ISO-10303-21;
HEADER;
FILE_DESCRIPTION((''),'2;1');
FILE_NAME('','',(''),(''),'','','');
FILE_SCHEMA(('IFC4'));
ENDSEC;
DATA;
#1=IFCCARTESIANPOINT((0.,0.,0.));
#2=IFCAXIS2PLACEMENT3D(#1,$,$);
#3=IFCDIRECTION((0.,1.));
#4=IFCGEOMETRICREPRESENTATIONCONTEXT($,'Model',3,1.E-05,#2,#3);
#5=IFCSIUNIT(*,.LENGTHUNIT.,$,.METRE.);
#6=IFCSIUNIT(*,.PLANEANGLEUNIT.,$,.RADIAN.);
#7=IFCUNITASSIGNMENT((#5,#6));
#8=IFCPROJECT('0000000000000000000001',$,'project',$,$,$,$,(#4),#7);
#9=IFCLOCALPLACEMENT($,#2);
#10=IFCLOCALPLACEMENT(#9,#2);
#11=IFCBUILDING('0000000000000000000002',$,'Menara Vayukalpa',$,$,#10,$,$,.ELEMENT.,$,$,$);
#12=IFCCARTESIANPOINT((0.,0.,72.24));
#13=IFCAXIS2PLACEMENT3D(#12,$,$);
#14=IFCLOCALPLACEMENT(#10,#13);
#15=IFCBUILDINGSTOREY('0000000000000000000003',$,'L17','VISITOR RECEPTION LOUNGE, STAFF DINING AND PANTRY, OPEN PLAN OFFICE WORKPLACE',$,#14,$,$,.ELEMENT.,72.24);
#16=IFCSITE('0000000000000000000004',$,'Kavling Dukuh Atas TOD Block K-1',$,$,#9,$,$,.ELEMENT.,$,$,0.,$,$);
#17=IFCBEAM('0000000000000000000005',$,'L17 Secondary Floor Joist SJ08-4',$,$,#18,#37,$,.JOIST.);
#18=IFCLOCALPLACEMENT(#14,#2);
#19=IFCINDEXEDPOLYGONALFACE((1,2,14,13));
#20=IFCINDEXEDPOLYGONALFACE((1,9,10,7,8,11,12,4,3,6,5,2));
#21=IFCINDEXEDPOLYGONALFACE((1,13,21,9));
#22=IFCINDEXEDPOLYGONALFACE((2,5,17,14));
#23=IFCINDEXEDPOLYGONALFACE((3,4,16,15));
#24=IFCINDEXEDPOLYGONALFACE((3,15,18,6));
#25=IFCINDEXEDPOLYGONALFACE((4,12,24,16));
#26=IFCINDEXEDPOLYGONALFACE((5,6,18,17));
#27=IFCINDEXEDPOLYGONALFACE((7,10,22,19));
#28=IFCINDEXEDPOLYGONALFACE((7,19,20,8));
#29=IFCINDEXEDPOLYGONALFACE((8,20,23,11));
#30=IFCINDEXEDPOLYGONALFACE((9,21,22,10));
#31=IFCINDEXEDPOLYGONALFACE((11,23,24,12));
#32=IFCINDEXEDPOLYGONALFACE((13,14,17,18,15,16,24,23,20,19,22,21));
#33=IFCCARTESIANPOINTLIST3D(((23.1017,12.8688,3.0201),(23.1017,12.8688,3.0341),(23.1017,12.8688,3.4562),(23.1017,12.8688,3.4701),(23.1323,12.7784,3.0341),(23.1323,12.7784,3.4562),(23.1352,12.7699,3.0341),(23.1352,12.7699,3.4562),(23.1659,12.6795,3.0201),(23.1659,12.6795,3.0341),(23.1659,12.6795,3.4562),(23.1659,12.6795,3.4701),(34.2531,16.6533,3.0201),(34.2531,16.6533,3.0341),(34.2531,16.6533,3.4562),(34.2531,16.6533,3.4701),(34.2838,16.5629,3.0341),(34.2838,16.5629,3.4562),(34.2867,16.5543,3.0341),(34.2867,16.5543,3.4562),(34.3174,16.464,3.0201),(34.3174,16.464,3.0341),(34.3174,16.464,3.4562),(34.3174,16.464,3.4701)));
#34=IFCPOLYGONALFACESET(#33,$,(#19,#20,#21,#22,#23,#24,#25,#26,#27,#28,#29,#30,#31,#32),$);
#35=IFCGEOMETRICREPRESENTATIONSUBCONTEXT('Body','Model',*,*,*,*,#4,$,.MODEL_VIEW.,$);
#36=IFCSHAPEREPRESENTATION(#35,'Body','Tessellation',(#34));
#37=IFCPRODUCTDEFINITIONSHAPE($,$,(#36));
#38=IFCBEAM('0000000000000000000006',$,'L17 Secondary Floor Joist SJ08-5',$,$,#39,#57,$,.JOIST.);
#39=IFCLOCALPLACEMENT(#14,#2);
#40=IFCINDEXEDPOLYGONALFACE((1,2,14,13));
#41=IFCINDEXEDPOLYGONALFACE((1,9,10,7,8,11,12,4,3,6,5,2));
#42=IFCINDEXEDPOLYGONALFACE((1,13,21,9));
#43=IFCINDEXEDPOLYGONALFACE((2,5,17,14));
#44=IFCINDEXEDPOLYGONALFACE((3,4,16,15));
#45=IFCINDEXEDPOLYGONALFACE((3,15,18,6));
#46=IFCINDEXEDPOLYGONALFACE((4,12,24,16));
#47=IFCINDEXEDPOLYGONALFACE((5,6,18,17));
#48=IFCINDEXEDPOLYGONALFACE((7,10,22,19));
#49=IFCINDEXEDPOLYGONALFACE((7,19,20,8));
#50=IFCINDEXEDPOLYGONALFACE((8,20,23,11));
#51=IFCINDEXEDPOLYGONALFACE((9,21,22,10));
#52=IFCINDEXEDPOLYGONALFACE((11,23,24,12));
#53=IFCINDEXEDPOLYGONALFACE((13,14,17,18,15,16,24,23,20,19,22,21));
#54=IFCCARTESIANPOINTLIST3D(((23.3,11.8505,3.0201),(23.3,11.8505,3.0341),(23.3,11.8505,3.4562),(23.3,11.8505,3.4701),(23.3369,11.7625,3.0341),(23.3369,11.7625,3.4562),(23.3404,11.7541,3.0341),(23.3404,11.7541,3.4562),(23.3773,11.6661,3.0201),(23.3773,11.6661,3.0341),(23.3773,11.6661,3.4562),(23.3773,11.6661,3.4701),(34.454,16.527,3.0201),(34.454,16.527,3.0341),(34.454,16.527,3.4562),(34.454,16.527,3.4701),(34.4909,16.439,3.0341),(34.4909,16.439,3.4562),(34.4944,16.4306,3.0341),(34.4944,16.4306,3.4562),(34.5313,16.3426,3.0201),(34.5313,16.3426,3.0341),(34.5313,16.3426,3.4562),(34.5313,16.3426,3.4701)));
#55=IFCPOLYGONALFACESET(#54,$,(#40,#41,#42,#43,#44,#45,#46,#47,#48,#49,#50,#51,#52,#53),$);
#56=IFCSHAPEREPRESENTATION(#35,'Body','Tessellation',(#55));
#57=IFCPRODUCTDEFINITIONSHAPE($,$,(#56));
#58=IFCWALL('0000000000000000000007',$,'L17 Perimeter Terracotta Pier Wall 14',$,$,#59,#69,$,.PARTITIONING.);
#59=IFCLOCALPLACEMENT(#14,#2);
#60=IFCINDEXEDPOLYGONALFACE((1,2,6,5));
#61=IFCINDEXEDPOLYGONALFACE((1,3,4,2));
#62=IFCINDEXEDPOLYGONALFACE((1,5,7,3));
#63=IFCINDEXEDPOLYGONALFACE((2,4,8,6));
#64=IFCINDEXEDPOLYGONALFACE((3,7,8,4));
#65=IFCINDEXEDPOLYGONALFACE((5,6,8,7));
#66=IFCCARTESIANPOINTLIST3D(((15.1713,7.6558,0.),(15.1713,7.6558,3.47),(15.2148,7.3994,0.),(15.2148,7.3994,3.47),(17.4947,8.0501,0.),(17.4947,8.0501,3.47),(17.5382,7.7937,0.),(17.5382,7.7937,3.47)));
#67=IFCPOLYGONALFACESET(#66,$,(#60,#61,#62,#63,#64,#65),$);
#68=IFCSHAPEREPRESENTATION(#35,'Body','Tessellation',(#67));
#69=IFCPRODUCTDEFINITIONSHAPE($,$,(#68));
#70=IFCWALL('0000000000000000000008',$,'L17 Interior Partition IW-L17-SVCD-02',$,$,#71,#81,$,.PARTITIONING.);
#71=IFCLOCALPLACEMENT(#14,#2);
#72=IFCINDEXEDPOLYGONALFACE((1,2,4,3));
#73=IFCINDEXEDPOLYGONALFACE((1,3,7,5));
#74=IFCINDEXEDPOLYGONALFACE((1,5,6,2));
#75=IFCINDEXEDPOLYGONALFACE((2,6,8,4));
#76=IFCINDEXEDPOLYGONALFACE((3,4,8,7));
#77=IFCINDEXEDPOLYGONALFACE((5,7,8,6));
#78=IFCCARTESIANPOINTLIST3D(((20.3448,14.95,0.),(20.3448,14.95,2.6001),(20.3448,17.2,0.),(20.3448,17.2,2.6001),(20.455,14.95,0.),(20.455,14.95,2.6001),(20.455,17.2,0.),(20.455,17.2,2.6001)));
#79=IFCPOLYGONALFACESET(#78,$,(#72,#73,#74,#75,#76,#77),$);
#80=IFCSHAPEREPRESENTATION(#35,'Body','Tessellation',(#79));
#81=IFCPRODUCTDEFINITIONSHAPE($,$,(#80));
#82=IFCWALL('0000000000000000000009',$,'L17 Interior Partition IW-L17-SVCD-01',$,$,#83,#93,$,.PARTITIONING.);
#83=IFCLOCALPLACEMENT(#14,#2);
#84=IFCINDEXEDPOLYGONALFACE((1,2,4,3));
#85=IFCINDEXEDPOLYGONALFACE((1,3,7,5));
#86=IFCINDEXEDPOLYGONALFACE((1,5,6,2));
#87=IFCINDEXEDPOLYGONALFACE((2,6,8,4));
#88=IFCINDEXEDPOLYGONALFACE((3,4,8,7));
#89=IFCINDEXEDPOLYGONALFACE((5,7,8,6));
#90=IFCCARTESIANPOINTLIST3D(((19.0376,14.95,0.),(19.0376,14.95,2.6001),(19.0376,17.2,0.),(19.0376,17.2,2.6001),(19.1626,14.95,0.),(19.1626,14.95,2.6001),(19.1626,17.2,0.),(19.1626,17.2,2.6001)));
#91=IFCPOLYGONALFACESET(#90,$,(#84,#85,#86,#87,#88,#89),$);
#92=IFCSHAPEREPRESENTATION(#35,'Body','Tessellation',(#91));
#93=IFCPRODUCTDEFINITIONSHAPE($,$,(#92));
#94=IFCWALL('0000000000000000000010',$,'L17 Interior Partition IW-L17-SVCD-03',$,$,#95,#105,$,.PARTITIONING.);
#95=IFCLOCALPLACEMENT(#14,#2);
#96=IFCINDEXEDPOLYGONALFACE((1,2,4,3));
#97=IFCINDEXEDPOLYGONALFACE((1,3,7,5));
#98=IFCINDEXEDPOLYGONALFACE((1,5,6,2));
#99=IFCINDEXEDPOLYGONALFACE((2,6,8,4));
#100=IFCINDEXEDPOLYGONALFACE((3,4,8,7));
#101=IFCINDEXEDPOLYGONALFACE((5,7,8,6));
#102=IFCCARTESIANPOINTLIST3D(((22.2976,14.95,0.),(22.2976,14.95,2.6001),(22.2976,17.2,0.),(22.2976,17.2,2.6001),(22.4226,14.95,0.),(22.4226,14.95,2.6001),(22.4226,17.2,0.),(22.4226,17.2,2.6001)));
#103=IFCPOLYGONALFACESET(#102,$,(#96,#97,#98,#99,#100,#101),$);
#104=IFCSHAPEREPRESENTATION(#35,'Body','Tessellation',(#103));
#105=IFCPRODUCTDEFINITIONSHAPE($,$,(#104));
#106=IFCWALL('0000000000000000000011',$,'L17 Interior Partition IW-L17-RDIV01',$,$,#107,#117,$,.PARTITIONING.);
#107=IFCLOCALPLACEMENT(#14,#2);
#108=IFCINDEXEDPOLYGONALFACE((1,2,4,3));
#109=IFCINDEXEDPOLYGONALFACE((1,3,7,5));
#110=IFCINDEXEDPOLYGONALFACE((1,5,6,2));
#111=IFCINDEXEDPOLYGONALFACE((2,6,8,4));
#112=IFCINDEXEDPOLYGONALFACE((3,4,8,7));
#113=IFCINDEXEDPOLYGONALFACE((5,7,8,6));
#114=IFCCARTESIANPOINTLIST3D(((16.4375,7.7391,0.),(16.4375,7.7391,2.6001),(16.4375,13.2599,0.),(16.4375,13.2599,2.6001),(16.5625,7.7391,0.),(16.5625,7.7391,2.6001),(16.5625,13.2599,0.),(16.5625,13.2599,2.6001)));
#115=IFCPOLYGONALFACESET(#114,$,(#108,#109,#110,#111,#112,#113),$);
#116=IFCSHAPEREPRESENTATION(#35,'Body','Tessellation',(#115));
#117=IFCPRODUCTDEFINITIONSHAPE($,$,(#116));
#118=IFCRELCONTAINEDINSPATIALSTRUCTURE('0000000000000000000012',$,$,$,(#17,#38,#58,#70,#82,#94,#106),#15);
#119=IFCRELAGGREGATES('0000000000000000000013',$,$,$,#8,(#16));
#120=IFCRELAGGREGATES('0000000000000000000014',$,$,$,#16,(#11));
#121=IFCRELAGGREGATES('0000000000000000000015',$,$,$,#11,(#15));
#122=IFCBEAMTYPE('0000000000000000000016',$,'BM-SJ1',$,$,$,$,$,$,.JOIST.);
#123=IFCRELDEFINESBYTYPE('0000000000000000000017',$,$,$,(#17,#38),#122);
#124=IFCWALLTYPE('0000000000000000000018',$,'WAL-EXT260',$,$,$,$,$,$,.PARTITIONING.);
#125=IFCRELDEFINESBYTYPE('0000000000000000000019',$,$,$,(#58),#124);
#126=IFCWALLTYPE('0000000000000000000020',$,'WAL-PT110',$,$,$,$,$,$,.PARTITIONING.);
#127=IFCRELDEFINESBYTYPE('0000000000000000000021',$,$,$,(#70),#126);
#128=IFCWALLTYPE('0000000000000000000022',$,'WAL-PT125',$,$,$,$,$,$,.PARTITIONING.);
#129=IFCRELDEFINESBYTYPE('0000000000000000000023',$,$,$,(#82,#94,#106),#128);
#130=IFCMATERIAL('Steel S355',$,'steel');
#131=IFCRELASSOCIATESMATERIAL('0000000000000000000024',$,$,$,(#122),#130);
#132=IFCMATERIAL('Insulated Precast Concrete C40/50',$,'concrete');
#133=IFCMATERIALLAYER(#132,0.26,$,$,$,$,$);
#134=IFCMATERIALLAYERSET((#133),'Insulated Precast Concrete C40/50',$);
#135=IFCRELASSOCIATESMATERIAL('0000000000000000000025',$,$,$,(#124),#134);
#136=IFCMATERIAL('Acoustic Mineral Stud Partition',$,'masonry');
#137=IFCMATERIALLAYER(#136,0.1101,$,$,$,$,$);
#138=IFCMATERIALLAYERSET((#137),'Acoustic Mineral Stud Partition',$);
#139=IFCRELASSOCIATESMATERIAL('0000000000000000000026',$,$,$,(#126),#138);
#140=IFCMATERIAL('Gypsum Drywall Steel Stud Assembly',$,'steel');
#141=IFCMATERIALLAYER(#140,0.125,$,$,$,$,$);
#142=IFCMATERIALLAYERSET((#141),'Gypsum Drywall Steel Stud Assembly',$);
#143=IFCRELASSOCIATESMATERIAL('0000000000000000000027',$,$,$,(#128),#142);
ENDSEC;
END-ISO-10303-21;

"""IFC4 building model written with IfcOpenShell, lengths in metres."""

from ifc_helpers import new_model, si_unit, direction, frame, frame_2d, origin, origin_2d, place, context, subcontext, project, spatial, rectangle, i_section, extrude, material, layer, layer_set, material_profile, profile_set, type_object, element, save


model = new_model("IFC4")

# Units and contexts
model_context = context("Model", 3, precision=1e-05, world=origin(), true_north=direction((0.0, 1.0)))
body_context = subcontext(model_context, "Body", "Model", "MODEL_VIEW")
ifc_project = project(units=[si_unit("LENGTHUNIT", "METRE"), si_unit("PLANEANGLEUNIT", "RADIAN")], contexts=[model_context])

# Site, building, storey
site_placement = place(None, origin())
site = spatial("IfcSite", under=ifc_project, at=site_placement, Name="Kavling Dukuh Atas TOD Block K-1", CompositionType="ELEMENT", RefElevation=0.0)
building_placement = place(site_placement, origin())
building = spatial("IfcBuilding", under=site, at=building_placement, Name="Menara Vayukalpa", CompositionType="ELEMENT")
storey_placement = place(building_placement, frame((0.0, 0.0, 72.24)))
storey = spatial("IfcBuildingStorey", under=building, at=storey_placement, Name="L17", Description="VISITOR RECEPTION LOUNGE, STAFF DINING AND PANTRY, OPEN PLAN OFFICE WORKPLACE", CompositionType="ELEMENT", Elevation=72.24)

# Beams
ifc_material_1 = material(Name="Steel S355", Category="steel")
ifc_material_profile_1 = material_profile(ifc_material_1, i_section(OverallWidth=0.2, OverallDepth=0.45, WebThickness=0.009, FlangeThickness=0.0139, at=origin_2d()), Name="WF 450x200x9x14")
ifc_profile_set_1 = profile_set([ifc_material_profile_1], Name="Steel S355")
beam_type = type_object("IfcBeamType", Name="BM-SJ1", PredefinedType="JOIST", material=ifc_profile_set_1)
beam_1_placement = place(storey_placement, frame((23.1338, 12.7742, 3.2451), z_axis=(0.946955, 0.321367, 0.0), x_axis=(-0.321367, 0.946955, 0.0)))
element("IfcBeam", 1, at=beam_1_placement, inside=storey, type_object=beam_type, Name="L17 Secondary Floor Joist SJ08-4", PredefinedType="JOIST", context=body_context, shape_type="SweptSolid", body=[
    extrude(i_section(OverallWidth=0.2, OverallDepth=0.45, WebThickness=0.009, FlangeThickness=0.0139, at=origin_2d()), origin(), (0.0, 0.0, 1.0), 11.7761),
])
beam_2_placement = place(storey_placement, frame((23.3386, 11.7583, 3.2451), z_axis=(0.922224, 0.386657, 0.0), x_axis=(-0.386657, 0.922224, 0.0)))
element("IfcBeam", 2, at=beam_2_placement, inside=storey, type_object=beam_type, Name="L17 Secondary Floor Joist SJ08-5", PredefinedType="JOIST", context=body_context, shape_type="SweptSolid", body=[
    extrude(i_section(OverallWidth=0.2, OverallDepth=0.45, WebThickness=0.009, FlangeThickness=0.0139, at=origin_2d()), origin(), (0.0, 0.0, 1.0), 12.0947),
])

# Walls
ifc_material_2 = material(Name="Insulated Precast Concrete C40/50", Category="concrete")
ifc_layer_1 = layer(ifc_material_2, 0.26)
ifc_layer_set_1 = layer_set([ifc_layer_1], Name="Insulated Precast Concrete C40/50")
wall_type_1 = type_object("IfcWallType", Name="WAL-EXT260", PredefinedType="PARTITIONING", material=ifc_layer_set_1)
wall_1_placement = place(storey_placement, frame((17.5164, 7.9219, 0.0), z_axis=(0.0, 0.0, 1.0), x_axis=(-0.985905, -0.167305, 0.0)))
element("IfcWall", 3, at=wall_1_placement, inside=storey, type_object=wall_type_1, Name="L17 Perimeter Terracotta Pier Wall 14", PredefinedType="PARTITIONING", context=body_context, shape_type="SweptSolid", body=[
    extrude(rectangle(XDim=2.3567, YDim=0.26, at=frame_2d((1.1782, 0.0))), origin(), (0.0, 0.0, 1.0), 3.47),
])
ifc_material_3 = material(Name="Acoustic Mineral Stud Partition", Category="masonry")
ifc_layer_2 = layer(ifc_material_3, 0.1101)
ifc_layer_set_2 = layer_set([ifc_layer_2], Name="Acoustic Mineral Stud Partition")
wall_type_2 = type_object("IfcWallType", Name="WAL-PT110", PredefinedType="PARTITIONING", material=ifc_layer_set_2)
wall_2_placement = place(storey_placement, frame((20.3999, 14.95, 0.0), z_axis=(0.0, 0.0, 1.0), x_axis=(0.0, 1.0, 0.0)))
element("IfcWall", 4, at=wall_2_placement, inside=storey, type_object=wall_type_2, Name="L17 Interior Partition IW-L17-SVCD-02", PredefinedType="PARTITIONING", context=body_context, shape_type="SweptSolid", body=[
    extrude(rectangle(XDim=2.25, YDim=0.1101, at=frame_2d((1.125, 0.0))), origin(), (0.0, 0.0, 1.0), 2.6001),
])
ifc_material_4 = material(Name="Gypsum Drywall Steel Stud Assembly", Category="steel")
ifc_layer_3 = layer(ifc_material_4, 0.125)
ifc_layer_set_3 = layer_set([ifc_layer_3], Name="Gypsum Drywall Steel Stud Assembly")
wall_type_3 = type_object("IfcWallType", Name="WAL-PT125", PredefinedType="PARTITIONING", material=ifc_layer_set_3)
for number, where, z_axis, x_axis, name in (
    (5, (19.1001, 14.95, 0.0), (0.0, 0.0, 1.0), (0.0, 1.0, 0.0), "L17 Interior Partition IW-L17-SVCD-01"),
    (6, (22.3601, 14.95, 0.0), (0.0, 0.0, 1.0), (0.0, 1.0, 0.0), "L17 Interior Partition IW-L17-SVCD-03"),
):
    element("IfcWall", number, at=place(storey_placement, frame(where, z_axis=z_axis, x_axis=x_axis)), inside=storey, type_object=wall_type_3, Name=name, PredefinedType="PARTITIONING", context=body_context, shape_type="SweptSolid", body=[
        extrude(rectangle(XDim=2.25, YDim=0.125, at=frame_2d((1.125, 0.0))), origin(), (0.0, 0.0, 1.0), 2.6001),
    ])
wall_3_placement = place(storey_placement, frame((16.5, 7.7393, 0.0), z_axis=(0.0, 0.0, 1.0), x_axis=(0.0, 1.0, 0.0)))
element("IfcWall", 7, at=wall_3_placement, inside=storey, type_object=wall_type_3, Name="L17 Interior Partition IW-L17-RDIV01", PredefinedType="PARTITIONING", context=body_context, shape_type="SweptSolid", body=[
    extrude(rectangle(XDim=5.5208, YDim=0.125, at=frame_2d((2.7603, 0.0))), origin(), (0.0, 0.0, 1.0), 2.6001),
])

save(model, "model.ifc")
